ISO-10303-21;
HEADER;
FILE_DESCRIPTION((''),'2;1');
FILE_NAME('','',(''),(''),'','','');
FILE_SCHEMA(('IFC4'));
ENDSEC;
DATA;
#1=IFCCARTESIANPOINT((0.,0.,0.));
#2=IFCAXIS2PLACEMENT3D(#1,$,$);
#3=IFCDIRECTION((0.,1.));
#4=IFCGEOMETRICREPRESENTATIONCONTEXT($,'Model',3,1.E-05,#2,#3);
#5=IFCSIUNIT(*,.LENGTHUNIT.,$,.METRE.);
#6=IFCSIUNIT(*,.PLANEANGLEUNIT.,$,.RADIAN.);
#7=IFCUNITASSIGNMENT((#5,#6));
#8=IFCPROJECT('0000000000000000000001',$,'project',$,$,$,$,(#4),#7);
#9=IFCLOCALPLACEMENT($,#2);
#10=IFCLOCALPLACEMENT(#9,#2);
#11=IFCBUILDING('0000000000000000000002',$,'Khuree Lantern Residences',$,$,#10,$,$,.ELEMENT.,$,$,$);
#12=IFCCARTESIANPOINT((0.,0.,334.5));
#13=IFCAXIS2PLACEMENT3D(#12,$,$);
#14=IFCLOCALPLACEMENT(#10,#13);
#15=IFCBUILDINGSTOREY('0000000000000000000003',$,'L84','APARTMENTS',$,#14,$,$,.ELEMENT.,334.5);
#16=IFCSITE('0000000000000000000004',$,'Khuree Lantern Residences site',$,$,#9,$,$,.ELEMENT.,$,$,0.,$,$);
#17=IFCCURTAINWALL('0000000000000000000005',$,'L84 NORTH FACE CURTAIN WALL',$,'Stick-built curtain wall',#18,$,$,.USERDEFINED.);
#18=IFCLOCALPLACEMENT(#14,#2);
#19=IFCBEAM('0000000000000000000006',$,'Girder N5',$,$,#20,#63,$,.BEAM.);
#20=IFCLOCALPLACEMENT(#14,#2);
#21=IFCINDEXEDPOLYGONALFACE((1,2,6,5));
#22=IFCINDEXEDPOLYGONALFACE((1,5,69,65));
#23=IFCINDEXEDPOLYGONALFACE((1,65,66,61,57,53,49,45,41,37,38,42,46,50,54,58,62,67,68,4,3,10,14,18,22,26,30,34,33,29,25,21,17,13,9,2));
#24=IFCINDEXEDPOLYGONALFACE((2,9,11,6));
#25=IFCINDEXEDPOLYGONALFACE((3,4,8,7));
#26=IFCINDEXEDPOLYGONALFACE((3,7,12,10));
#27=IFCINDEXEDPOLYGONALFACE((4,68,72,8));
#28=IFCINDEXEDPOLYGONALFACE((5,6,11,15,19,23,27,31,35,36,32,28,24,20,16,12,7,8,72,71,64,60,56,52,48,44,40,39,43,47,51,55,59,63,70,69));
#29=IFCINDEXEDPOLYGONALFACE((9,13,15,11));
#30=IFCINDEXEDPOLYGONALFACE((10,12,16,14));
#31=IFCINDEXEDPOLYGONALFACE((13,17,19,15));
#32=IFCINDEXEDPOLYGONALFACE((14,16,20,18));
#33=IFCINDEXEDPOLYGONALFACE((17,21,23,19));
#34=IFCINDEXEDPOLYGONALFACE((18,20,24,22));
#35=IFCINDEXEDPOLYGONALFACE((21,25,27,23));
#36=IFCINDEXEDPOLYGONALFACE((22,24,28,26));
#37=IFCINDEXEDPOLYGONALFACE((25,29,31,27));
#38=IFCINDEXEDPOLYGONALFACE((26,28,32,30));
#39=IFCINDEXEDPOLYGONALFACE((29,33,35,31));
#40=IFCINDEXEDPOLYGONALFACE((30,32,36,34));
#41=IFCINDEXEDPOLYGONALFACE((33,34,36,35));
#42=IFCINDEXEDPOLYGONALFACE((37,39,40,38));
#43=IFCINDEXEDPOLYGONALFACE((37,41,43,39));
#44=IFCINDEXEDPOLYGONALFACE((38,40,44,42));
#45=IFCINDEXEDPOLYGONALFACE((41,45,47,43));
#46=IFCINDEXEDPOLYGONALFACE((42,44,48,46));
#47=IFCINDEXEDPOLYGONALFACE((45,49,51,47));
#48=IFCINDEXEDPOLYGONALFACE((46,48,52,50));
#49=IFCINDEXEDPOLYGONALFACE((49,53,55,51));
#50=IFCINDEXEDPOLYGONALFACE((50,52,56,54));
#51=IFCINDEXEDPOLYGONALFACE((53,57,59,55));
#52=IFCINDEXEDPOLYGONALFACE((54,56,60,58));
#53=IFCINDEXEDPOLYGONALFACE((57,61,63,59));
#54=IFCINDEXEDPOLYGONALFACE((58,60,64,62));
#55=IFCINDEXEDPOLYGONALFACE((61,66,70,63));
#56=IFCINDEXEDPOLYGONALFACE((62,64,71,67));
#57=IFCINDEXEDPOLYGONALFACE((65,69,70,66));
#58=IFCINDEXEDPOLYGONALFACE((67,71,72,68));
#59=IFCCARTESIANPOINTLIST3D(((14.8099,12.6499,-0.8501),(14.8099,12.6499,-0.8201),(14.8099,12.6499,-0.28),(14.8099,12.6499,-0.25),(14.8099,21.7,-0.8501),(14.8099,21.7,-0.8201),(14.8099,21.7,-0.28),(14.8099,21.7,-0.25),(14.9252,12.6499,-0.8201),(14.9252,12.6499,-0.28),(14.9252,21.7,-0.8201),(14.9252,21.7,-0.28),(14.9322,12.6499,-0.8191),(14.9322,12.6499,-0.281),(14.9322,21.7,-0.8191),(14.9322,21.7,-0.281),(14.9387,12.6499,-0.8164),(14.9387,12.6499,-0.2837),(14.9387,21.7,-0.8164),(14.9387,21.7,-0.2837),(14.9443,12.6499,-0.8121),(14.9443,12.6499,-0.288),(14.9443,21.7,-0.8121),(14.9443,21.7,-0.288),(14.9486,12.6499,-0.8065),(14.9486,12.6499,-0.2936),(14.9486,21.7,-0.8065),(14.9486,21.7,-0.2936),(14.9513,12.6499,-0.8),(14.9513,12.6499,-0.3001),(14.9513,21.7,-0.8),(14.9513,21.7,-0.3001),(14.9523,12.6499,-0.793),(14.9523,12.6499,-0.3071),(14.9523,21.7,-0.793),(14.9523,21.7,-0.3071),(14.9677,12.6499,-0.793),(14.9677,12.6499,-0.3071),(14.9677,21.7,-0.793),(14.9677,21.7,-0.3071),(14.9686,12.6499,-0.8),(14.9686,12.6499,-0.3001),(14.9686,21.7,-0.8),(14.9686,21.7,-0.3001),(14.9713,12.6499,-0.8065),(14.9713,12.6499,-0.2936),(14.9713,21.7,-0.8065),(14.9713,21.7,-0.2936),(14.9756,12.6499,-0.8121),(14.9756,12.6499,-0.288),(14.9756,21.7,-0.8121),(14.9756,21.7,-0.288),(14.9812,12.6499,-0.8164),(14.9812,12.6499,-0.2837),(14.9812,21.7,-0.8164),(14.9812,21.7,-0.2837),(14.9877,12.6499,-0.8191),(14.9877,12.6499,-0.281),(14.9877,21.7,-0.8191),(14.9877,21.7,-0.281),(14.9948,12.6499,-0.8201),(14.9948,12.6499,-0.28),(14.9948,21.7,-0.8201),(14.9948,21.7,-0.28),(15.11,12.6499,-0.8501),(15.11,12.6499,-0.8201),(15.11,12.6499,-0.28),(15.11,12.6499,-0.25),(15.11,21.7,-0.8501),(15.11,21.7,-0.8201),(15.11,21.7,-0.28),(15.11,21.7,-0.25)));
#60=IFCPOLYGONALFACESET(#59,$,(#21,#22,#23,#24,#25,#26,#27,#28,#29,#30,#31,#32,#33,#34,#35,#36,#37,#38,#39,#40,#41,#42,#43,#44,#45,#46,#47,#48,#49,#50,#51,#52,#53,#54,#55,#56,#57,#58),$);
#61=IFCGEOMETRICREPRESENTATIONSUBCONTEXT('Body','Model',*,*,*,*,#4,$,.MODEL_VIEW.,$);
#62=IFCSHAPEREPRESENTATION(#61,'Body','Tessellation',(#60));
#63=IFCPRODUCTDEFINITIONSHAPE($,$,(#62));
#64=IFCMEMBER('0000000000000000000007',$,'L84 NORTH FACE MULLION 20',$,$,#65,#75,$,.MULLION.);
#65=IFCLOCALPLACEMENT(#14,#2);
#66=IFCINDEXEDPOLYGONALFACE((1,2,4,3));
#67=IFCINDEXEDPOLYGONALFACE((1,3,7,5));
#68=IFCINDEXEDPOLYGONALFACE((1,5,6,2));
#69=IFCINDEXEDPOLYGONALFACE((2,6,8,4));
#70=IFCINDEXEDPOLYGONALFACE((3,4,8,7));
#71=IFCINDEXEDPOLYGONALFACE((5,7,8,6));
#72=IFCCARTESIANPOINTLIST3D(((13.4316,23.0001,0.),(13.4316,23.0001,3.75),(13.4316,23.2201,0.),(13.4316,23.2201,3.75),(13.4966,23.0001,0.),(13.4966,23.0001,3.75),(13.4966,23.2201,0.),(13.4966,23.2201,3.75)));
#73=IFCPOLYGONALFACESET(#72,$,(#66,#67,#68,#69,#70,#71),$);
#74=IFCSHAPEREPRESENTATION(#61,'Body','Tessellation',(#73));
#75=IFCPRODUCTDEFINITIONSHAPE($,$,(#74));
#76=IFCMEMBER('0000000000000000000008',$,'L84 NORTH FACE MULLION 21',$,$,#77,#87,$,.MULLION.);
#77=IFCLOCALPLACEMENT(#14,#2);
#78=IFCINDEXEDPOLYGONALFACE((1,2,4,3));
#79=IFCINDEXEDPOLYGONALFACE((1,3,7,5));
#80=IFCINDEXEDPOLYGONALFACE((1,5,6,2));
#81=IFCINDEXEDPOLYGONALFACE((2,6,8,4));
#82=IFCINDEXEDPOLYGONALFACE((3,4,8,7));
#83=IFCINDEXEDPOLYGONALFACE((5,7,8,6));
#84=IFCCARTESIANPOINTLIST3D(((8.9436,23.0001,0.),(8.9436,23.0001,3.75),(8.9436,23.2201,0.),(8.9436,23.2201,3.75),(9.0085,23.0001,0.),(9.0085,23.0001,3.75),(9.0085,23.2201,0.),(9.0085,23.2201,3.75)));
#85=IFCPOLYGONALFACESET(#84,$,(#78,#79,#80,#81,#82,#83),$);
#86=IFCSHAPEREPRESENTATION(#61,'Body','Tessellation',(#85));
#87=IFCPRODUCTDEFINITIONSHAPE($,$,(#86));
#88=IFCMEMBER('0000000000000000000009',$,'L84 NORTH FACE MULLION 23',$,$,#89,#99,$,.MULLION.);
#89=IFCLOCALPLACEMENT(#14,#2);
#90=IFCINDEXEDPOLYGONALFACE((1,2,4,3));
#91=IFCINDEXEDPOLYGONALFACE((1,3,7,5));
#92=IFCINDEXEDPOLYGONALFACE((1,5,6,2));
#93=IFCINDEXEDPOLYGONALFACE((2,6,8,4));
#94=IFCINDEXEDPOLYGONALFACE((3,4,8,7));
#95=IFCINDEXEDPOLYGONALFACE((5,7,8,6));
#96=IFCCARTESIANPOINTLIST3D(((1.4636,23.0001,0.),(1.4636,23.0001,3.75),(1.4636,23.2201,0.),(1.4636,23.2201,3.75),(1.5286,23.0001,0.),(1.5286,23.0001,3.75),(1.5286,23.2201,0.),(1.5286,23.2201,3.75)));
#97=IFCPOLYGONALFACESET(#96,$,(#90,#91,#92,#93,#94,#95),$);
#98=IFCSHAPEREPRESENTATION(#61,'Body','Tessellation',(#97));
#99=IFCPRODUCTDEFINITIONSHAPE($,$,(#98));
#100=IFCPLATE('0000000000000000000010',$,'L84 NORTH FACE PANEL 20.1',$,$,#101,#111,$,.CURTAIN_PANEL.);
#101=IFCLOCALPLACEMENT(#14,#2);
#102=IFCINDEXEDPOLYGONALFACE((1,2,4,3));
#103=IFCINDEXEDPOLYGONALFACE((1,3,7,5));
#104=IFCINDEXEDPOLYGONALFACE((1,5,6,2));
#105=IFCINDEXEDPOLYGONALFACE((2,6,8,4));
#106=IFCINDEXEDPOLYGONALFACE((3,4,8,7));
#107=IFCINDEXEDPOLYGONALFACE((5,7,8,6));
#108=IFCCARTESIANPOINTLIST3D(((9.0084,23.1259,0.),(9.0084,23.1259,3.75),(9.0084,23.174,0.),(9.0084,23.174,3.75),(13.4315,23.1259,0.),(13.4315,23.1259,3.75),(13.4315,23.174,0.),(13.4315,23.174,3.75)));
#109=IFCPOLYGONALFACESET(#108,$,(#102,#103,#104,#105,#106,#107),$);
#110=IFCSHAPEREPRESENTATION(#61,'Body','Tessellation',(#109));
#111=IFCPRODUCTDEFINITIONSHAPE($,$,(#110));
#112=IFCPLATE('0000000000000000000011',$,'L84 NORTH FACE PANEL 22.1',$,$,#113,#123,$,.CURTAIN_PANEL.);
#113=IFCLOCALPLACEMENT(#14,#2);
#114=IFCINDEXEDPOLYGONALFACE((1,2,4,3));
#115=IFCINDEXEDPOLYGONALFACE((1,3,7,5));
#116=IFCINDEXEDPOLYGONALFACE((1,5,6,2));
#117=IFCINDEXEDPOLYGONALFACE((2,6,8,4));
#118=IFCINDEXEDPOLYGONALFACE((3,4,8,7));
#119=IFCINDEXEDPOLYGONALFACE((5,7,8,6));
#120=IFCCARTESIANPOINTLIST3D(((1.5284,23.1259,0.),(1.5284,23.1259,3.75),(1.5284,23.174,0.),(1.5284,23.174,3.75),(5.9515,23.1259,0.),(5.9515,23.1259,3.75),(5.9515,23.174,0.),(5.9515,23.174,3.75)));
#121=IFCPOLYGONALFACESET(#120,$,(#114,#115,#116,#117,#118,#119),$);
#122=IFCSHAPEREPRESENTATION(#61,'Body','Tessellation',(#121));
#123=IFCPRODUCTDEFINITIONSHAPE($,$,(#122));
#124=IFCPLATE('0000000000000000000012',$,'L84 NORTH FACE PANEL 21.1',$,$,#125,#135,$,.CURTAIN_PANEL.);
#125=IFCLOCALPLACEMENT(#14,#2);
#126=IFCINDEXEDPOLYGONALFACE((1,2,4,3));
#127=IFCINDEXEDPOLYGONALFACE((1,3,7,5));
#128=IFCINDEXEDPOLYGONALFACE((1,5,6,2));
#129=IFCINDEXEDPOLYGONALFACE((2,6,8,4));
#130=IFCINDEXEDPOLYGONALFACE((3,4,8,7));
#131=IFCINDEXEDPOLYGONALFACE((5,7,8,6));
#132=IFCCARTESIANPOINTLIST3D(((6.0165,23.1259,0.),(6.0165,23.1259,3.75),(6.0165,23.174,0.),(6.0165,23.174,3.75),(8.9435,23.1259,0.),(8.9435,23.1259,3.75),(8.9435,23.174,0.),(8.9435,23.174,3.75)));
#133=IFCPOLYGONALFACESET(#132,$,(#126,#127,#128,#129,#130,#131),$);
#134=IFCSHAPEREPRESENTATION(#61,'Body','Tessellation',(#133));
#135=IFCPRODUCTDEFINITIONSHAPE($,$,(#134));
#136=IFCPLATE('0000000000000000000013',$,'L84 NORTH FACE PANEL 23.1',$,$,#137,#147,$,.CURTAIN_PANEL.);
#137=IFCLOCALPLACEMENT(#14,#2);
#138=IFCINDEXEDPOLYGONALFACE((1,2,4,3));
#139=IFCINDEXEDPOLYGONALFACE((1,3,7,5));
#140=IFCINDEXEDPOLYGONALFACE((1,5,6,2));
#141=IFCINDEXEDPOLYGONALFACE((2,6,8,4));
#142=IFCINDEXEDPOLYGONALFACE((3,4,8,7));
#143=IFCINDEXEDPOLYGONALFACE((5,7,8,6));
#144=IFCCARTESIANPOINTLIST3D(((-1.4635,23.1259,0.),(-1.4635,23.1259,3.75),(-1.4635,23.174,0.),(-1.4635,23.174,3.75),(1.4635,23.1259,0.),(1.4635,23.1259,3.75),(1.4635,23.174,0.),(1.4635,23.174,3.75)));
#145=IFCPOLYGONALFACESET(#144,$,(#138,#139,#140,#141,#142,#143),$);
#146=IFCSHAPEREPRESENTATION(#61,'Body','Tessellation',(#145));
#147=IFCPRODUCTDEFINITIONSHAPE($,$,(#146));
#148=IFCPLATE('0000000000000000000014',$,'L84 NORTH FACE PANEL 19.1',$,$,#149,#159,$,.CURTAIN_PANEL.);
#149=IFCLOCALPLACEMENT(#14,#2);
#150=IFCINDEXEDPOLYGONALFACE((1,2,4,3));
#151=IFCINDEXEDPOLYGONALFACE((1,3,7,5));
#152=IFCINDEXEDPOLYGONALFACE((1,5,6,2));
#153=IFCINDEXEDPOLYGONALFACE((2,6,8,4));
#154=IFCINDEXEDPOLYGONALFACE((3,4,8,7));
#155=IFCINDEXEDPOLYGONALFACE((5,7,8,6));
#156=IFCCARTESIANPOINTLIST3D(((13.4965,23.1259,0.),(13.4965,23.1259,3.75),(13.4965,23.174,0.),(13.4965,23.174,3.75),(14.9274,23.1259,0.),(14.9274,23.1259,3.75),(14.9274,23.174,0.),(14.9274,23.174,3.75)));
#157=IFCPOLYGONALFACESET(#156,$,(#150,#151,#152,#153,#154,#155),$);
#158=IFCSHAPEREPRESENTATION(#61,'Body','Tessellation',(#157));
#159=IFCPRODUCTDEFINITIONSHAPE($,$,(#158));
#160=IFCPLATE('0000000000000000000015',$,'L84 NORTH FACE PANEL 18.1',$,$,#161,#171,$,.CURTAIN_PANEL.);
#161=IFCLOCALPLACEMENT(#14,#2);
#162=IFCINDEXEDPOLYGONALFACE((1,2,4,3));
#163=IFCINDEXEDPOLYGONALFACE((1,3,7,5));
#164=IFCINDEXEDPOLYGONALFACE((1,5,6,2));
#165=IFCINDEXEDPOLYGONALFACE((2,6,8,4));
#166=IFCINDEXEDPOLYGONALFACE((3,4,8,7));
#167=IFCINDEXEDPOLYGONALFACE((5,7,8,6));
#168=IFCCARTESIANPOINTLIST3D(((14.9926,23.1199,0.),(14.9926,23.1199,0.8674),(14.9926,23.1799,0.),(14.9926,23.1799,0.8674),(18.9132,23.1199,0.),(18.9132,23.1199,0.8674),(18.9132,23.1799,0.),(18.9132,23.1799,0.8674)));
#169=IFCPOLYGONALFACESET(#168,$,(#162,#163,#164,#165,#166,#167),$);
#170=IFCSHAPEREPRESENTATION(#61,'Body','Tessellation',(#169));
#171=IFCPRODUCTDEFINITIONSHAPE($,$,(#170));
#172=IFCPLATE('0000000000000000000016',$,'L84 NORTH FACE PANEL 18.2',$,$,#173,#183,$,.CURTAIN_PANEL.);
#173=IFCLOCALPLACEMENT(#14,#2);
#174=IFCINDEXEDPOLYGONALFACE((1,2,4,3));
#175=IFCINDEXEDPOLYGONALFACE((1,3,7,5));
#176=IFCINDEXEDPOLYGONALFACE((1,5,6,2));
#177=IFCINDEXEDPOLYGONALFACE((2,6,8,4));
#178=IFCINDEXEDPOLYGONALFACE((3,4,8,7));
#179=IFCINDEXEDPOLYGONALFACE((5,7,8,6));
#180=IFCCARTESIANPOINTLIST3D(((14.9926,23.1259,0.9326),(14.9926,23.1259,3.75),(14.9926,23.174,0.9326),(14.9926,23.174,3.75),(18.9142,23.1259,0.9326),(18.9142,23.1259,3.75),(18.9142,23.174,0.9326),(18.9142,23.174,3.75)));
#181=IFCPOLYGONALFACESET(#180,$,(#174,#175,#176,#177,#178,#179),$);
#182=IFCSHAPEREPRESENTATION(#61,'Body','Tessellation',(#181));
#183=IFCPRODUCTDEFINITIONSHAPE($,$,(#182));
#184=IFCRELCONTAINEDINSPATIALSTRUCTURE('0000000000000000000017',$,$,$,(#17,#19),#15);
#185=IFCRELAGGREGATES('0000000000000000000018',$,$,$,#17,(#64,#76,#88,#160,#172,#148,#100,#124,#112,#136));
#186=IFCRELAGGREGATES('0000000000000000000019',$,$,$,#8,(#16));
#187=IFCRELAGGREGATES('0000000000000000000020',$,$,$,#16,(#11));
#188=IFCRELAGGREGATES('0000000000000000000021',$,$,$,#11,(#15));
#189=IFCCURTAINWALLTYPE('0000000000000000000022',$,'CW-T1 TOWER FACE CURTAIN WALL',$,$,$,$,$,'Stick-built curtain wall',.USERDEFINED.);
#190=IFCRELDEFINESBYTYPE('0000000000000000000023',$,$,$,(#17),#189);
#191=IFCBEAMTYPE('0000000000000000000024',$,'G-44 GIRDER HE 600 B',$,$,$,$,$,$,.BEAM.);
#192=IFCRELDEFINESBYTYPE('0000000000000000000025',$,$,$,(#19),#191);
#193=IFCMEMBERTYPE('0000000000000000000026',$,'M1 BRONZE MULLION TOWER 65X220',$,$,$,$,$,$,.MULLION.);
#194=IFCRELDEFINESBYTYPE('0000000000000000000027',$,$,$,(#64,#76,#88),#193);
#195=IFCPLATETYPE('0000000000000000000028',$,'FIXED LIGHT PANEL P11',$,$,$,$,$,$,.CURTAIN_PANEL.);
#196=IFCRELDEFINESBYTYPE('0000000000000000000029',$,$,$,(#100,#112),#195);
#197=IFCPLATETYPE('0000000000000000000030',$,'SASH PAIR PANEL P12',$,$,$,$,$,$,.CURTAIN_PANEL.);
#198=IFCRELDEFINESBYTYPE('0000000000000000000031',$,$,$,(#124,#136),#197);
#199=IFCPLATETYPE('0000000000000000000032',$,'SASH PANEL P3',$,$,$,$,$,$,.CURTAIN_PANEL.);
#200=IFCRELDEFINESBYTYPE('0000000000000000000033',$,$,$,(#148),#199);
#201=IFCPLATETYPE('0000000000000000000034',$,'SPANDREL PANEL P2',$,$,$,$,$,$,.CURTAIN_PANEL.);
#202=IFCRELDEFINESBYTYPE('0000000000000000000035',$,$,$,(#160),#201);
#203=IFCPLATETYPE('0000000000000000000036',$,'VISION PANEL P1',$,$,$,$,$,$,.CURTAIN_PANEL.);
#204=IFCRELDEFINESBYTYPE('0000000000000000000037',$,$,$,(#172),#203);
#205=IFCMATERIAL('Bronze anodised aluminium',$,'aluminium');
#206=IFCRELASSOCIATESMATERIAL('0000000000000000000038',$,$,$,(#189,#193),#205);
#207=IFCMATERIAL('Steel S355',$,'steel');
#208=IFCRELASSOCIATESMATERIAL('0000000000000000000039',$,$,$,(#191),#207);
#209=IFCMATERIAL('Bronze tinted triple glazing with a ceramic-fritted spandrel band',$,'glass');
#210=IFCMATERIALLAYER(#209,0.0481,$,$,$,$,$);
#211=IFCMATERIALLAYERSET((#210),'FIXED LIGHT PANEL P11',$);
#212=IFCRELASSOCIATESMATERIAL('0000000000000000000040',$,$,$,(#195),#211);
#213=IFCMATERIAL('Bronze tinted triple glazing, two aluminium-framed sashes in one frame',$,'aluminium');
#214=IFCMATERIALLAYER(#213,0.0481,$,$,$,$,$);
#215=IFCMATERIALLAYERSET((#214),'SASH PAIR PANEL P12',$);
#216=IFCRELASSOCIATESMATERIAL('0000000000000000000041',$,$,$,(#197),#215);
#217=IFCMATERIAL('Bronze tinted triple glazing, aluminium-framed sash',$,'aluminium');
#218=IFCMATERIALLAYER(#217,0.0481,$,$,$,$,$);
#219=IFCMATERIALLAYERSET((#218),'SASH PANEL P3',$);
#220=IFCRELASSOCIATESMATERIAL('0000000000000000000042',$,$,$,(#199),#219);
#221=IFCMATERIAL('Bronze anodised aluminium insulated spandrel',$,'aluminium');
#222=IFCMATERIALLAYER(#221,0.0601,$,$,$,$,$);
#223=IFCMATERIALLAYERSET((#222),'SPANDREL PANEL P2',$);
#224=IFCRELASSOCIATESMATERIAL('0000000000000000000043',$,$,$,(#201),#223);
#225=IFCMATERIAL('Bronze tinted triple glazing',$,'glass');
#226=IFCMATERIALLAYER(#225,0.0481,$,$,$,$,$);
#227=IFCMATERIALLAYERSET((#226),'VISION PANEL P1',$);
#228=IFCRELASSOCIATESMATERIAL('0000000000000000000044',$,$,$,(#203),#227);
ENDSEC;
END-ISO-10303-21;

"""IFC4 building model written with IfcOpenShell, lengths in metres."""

from ifc_helpers import new_model, si_unit, direction, frame, origin, origin_2d, place, context, subcontext, project, spatial, rectangle, i_section, extrude, material, layer, layer_set, material_profile, profile_set, type_object, element, aggregate, save


model = new_model("IFC4")

# Units and contexts
model_context = context("Model", 3, precision=1e-05, world=origin(), true_north=direction((0.0, 1.0)))
body_context = subcontext(model_context, "Body", "Model", "MODEL_VIEW")
ifc_project = project(units=[si_unit("LENGTHUNIT", "METRE"), si_unit("PLANEANGLEUNIT", "RADIAN")], contexts=[model_context])

# Site, building, storey
site_placement = place(None, origin())
site = spatial("IfcSite", under=ifc_project, at=site_placement, Name="Khuree Lantern Residences site", CompositionType="ELEMENT", RefElevation=0.0)
building_placement = place(site_placement, origin())
building = spatial("IfcBuilding", under=site, at=building_placement, Name="Khuree Lantern Residences", CompositionType="ELEMENT")
storey_placement = place(building_placement, frame((0.0, 0.0, 334.5)))
storey = spatial("IfcBuildingStorey", under=building, at=storey_placement, Name="L84", Description="APARTMENTS", CompositionType="ELEMENT", Elevation=334.5)

# Shared definitions
ifc_material_1 = material(Name="Steel S355", Category="steel")

# Curtain wall
ifc_material_2 = material(Name="Bronze anodised aluminium", Category="aluminium")
curtain_wall_type = type_object("IfcCurtainWallType", Name="CW-T1 TOWER FACE CURTAIN WALL", ElementType="Stick-built curtain wall", PredefinedType="USERDEFINED", material=ifc_material_2)
curtain_wall_placement = place(storey_placement, origin())
curtain_wall = element("IfcCurtainWall", 1, at=curtain_wall_placement, inside=storey, type_object=curtain_wall_type, Name="L84 NORTH FACE CURTAIN WALL", ObjectType="Stick-built curtain wall", PredefinedType="USERDEFINED")

# Beam
ifc_material_profile_1 = material_profile(ifc_material_1, i_section(OverallWidth=0.3, OverallDepth=0.6001, WebThickness=0.0154, FlangeThickness=0.03, FilletRadius=0.0271, at=origin_2d()), Name="HE 600 B")
ifc_profile_set_1 = profile_set([ifc_material_profile_1], Name="Steel S355")
beam_type_1 = type_object("IfcBeamType", Name="G-44 GIRDER HE 600 B", PredefinedType="BEAM", material=ifc_profile_set_1)
for number, where, z_axis, x_axis, name in (
    (2, (14.96, 21.7, -0.55), (0.0, -1.0, 0.0), (1.0, 0.0, 0.0), "Girder N5"),
):
    element("IfcBeam", number, at=place(storey_placement, frame(where, z_axis=z_axis, x_axis=x_axis)), inside=storey, type_object=beam_type_1, Name=name, PredefinedType="BEAM", context=body_context, shape_type="SweptSolid", body=[
        extrude(i_section(OverallWidth=0.3, OverallDepth=0.6001, WebThickness=0.0154, FlangeThickness=0.03, FilletRadius=0.0271, at=origin_2d()), origin(), (0.0, 0.0, 1.0), 9.05),
    ])

# Members
ifc_material_profile_2 = material_profile(ifc_material_2, rectangle(XDim=0.0649, YDim=0.22, at=origin_2d()), Name="M1 65X220")
ifc_profile_set_2 = profile_set([ifc_material_profile_2], Name="Bronze anodised aluminium")
member_type_1 = type_object("IfcMemberType", Name="M1 BRONZE MULLION TOWER 65X220", PredefinedType="MULLION", material=ifc_profile_set_2)
member_1_placement = place(storey_placement, frame((13.4641, 23.1101, 0.0), z_axis=(0.0, 0.0, 1.0), x_axis=(-1.0, 0.0, 0.0)))
member_1 = element("IfcMember", 3, at=member_1_placement, type_object=member_type_1, Name="L84 NORTH FACE MULLION 20", PredefinedType="MULLION", context=body_context, shape_type="SweptSolid", body=[
    extrude(rectangle(XDim=0.0649, YDim=0.22, at=origin_2d()), origin(), (0.0, 0.0, 1.0), 3.75),
])
member_2_placement = place(storey_placement, frame((8.9761, 23.1101, 0.0), z_axis=(0.0, 0.0, 1.0), x_axis=(-1.0, 0.0, 0.0)))
member_2 = element("IfcMember", 4, at=member_2_placement, type_object=member_type_1, Name="L84 NORTH FACE MULLION 21", PredefinedType="MULLION", context=body_context, shape_type="SweptSolid", body=[
    extrude(rectangle(XDim=0.0649, YDim=0.22, at=origin_2d()), origin(), (0.0, 0.0, 1.0), 3.75),
])
member_3_placement = place(storey_placement, frame((1.4961, 23.1101, 0.0), z_axis=(0.0, 0.0, 1.0), x_axis=(-1.0, 0.0, 0.0)))
member_3 = element("IfcMember", 5, at=member_3_placement, type_object=member_type_1, Name="L84 NORTH FACE MULLION 23", PredefinedType="MULLION", context=body_context, shape_type="SweptSolid", body=[
    extrude(rectangle(XDim=0.0649, YDim=0.22, at=origin_2d()), origin(), (0.0, 0.0, 1.0), 3.75),
])

# Plates
ifc_material_3 = material(Name="Bronze tinted triple glazing with a ceramic-fritted spandrel band", Category="glass")
ifc_layer_1 = layer(ifc_material_3, 0.0481)
ifc_layer_set_1 = layer_set([ifc_layer_1], Name="FIXED LIGHT PANEL P11")
plate_type_1 = type_object("IfcPlateType", Name="FIXED LIGHT PANEL P11", PredefinedType="CURTAIN_PANEL", material=ifc_layer_set_1)
plate_1_placement = place(storey_placement, frame((11.22, 23.1499, 0.0), z_axis=(0.0, 0.0, 1.0), x_axis=(-1.0, 0.0, 0.0)))
plate_1 = element("IfcPlate", 6, at=plate_1_placement, type_object=plate_type_1, Name="L84 NORTH FACE PANEL 20.1", PredefinedType="CURTAIN_PANEL", context=body_context, shape_type="SweptSolid", body=[
    extrude(rectangle(XDim=4.4231, YDim=0.0481, at=origin_2d()), origin(), (0.0, 0.0, 1.0), 3.75),
])
plate_2_placement = place(storey_placement, frame((3.74, 23.1499, 0.0), z_axis=(0.0, 0.0, 1.0), x_axis=(-1.0, 0.0, 0.0)))
plate_2 = element("IfcPlate", 7, at=plate_2_placement, type_object=plate_type_1, Name="L84 NORTH FACE PANEL 22.1", PredefinedType="CURTAIN_PANEL", context=body_context, shape_type="SweptSolid", body=[
    extrude(rectangle(XDim=4.4231, YDim=0.0481, at=origin_2d()), origin(), (0.0, 0.0, 1.0), 3.75),
])
ifc_material_4 = material(Name="Bronze tinted triple glazing, two aluminium-framed sashes in one frame", Category="aluminium")
ifc_layer_2 = layer(ifc_material_4, 0.0481)
ifc_layer_set_2 = layer_set([ifc_layer_2], Name="SASH PAIR PANEL P12")
plate_type_2 = type_object("IfcPlateType", Name="SASH PAIR PANEL P12", PredefinedType="CURTAIN_PANEL", material=ifc_layer_set_2)
plate_3_placement = place(storey_placement, frame((7.48, 23.1499, 0.0), z_axis=(0.0, 0.0, 1.0), x_axis=(-1.0, 0.0, 0.0)))
plate_3 = element("IfcPlate", 8, at=plate_3_placement, type_object=plate_type_2, Name="L84 NORTH FACE PANEL 21.1", PredefinedType="CURTAIN_PANEL", context=body_context, shape_type="SweptSolid", body=[
    extrude(rectangle(XDim=2.927, YDim=0.0481, at=origin_2d()), origin(), (0.0, 0.0, 1.0), 3.75),
])
plate_4_placement = place(storey_placement, frame((0.0, 23.1499, 0.0), z_axis=(0.0, 0.0, 1.0), x_axis=(-1.0, 0.0, 0.0)))
plate_4 = element("IfcPlate", 9, at=plate_4_placement, type_object=plate_type_2, Name="L84 NORTH FACE PANEL 23.1", PredefinedType="CURTAIN_PANEL", context=body_context, shape_type="SweptSolid", body=[
    extrude(rectangle(XDim=2.927, YDim=0.0481, at=origin_2d()), origin(), (0.0, 0.0, 1.0), 3.75),
])
ifc_material_5 = material(Name="Bronze tinted triple glazing, aluminium-framed sash", Category="aluminium")
ifc_layer_3 = layer(ifc_material_5, 0.0481)
ifc_layer_set_3 = layer_set([ifc_layer_3], Name="SASH PANEL P3")
plate_type_3 = type_object("IfcPlateType", Name="SASH PANEL P3", PredefinedType="CURTAIN_PANEL", material=ifc_layer_set_3)
plate_5_placement = place(storey_placement, frame((14.2119, 23.1499, 0.0), z_axis=(0.0, 0.0, 1.0), x_axis=(-1.0, 0.0, 0.0)))
plate_5 = element("IfcPlate", 10, at=plate_5_placement, type_object=plate_type_3, Name="L84 NORTH FACE PANEL 19.1", PredefinedType="CURTAIN_PANEL", context=body_context, shape_type="SweptSolid", body=[
    extrude(rectangle(XDim=1.4309, YDim=0.0481, at=origin_2d()), origin(), (0.0, 0.0, 1.0), 3.75),
])
ifc_material_6 = material(Name="Bronze anodised aluminium insulated spandrel", Category="aluminium")
ifc_layer_4 = layer(ifc_material_6, 0.0601)
ifc_layer_set_4 = layer_set([ifc_layer_4], Name="SPANDREL PANEL P2")
plate_type_4 = type_object("IfcPlateType", Name="SPANDREL PANEL P2", PredefinedType="CURTAIN_PANEL", material=ifc_layer_set_4)
plate_6_placement = place(storey_placement, frame((16.9529, 23.1499, 0.0), z_axis=(0.0, 0.0, 1.0), x_axis=(-1.0, 0.0, 0.0)))
plate_6 = element("IfcPlate", 11, at=plate_6_placement, type_object=plate_type_4, Name="L84 NORTH FACE PANEL 18.1", PredefinedType="CURTAIN_PANEL", context=body_context, shape_type="SweptSolid", body=[
    extrude(rectangle(XDim=3.9207, YDim=0.0601, at=origin_2d()), origin(), (0.0, 0.0, 1.0), 0.8674),
])
ifc_material_7 = material(Name="Bronze tinted triple glazing", Category="glass")
ifc_layer_5 = layer(ifc_material_7, 0.0481)
ifc_layer_set_5 = layer_set([ifc_layer_5], Name="VISION PANEL P1")
plate_type_5 = type_object("IfcPlateType", Name="VISION PANEL P1", PredefinedType="CURTAIN_PANEL", material=ifc_layer_set_5)
plate_7_placement = place(storey_placement, frame((16.9534, 23.1499, 0.9326), z_axis=(0.0, 0.0, 1.0), x_axis=(-1.0, 0.0, 0.0)))
plate_7 = element("IfcPlate", 12, at=plate_7_placement, type_object=plate_type_5, Name="L84 NORTH FACE PANEL 18.2", PredefinedType="CURTAIN_PANEL", context=body_context, shape_type="SweptSolid", body=[
    extrude(rectangle(XDim=3.9216, YDim=0.0481, at=origin_2d()), origin(), (0.0, 0.0, 1.0), 2.8174),
])
aggregate(curtain_wall, [member_1, member_2, member_3, plate_6, plate_7, plate_5, plate_1, plate_3, plate_2, plate_4])

save(model, "model.ifc")
